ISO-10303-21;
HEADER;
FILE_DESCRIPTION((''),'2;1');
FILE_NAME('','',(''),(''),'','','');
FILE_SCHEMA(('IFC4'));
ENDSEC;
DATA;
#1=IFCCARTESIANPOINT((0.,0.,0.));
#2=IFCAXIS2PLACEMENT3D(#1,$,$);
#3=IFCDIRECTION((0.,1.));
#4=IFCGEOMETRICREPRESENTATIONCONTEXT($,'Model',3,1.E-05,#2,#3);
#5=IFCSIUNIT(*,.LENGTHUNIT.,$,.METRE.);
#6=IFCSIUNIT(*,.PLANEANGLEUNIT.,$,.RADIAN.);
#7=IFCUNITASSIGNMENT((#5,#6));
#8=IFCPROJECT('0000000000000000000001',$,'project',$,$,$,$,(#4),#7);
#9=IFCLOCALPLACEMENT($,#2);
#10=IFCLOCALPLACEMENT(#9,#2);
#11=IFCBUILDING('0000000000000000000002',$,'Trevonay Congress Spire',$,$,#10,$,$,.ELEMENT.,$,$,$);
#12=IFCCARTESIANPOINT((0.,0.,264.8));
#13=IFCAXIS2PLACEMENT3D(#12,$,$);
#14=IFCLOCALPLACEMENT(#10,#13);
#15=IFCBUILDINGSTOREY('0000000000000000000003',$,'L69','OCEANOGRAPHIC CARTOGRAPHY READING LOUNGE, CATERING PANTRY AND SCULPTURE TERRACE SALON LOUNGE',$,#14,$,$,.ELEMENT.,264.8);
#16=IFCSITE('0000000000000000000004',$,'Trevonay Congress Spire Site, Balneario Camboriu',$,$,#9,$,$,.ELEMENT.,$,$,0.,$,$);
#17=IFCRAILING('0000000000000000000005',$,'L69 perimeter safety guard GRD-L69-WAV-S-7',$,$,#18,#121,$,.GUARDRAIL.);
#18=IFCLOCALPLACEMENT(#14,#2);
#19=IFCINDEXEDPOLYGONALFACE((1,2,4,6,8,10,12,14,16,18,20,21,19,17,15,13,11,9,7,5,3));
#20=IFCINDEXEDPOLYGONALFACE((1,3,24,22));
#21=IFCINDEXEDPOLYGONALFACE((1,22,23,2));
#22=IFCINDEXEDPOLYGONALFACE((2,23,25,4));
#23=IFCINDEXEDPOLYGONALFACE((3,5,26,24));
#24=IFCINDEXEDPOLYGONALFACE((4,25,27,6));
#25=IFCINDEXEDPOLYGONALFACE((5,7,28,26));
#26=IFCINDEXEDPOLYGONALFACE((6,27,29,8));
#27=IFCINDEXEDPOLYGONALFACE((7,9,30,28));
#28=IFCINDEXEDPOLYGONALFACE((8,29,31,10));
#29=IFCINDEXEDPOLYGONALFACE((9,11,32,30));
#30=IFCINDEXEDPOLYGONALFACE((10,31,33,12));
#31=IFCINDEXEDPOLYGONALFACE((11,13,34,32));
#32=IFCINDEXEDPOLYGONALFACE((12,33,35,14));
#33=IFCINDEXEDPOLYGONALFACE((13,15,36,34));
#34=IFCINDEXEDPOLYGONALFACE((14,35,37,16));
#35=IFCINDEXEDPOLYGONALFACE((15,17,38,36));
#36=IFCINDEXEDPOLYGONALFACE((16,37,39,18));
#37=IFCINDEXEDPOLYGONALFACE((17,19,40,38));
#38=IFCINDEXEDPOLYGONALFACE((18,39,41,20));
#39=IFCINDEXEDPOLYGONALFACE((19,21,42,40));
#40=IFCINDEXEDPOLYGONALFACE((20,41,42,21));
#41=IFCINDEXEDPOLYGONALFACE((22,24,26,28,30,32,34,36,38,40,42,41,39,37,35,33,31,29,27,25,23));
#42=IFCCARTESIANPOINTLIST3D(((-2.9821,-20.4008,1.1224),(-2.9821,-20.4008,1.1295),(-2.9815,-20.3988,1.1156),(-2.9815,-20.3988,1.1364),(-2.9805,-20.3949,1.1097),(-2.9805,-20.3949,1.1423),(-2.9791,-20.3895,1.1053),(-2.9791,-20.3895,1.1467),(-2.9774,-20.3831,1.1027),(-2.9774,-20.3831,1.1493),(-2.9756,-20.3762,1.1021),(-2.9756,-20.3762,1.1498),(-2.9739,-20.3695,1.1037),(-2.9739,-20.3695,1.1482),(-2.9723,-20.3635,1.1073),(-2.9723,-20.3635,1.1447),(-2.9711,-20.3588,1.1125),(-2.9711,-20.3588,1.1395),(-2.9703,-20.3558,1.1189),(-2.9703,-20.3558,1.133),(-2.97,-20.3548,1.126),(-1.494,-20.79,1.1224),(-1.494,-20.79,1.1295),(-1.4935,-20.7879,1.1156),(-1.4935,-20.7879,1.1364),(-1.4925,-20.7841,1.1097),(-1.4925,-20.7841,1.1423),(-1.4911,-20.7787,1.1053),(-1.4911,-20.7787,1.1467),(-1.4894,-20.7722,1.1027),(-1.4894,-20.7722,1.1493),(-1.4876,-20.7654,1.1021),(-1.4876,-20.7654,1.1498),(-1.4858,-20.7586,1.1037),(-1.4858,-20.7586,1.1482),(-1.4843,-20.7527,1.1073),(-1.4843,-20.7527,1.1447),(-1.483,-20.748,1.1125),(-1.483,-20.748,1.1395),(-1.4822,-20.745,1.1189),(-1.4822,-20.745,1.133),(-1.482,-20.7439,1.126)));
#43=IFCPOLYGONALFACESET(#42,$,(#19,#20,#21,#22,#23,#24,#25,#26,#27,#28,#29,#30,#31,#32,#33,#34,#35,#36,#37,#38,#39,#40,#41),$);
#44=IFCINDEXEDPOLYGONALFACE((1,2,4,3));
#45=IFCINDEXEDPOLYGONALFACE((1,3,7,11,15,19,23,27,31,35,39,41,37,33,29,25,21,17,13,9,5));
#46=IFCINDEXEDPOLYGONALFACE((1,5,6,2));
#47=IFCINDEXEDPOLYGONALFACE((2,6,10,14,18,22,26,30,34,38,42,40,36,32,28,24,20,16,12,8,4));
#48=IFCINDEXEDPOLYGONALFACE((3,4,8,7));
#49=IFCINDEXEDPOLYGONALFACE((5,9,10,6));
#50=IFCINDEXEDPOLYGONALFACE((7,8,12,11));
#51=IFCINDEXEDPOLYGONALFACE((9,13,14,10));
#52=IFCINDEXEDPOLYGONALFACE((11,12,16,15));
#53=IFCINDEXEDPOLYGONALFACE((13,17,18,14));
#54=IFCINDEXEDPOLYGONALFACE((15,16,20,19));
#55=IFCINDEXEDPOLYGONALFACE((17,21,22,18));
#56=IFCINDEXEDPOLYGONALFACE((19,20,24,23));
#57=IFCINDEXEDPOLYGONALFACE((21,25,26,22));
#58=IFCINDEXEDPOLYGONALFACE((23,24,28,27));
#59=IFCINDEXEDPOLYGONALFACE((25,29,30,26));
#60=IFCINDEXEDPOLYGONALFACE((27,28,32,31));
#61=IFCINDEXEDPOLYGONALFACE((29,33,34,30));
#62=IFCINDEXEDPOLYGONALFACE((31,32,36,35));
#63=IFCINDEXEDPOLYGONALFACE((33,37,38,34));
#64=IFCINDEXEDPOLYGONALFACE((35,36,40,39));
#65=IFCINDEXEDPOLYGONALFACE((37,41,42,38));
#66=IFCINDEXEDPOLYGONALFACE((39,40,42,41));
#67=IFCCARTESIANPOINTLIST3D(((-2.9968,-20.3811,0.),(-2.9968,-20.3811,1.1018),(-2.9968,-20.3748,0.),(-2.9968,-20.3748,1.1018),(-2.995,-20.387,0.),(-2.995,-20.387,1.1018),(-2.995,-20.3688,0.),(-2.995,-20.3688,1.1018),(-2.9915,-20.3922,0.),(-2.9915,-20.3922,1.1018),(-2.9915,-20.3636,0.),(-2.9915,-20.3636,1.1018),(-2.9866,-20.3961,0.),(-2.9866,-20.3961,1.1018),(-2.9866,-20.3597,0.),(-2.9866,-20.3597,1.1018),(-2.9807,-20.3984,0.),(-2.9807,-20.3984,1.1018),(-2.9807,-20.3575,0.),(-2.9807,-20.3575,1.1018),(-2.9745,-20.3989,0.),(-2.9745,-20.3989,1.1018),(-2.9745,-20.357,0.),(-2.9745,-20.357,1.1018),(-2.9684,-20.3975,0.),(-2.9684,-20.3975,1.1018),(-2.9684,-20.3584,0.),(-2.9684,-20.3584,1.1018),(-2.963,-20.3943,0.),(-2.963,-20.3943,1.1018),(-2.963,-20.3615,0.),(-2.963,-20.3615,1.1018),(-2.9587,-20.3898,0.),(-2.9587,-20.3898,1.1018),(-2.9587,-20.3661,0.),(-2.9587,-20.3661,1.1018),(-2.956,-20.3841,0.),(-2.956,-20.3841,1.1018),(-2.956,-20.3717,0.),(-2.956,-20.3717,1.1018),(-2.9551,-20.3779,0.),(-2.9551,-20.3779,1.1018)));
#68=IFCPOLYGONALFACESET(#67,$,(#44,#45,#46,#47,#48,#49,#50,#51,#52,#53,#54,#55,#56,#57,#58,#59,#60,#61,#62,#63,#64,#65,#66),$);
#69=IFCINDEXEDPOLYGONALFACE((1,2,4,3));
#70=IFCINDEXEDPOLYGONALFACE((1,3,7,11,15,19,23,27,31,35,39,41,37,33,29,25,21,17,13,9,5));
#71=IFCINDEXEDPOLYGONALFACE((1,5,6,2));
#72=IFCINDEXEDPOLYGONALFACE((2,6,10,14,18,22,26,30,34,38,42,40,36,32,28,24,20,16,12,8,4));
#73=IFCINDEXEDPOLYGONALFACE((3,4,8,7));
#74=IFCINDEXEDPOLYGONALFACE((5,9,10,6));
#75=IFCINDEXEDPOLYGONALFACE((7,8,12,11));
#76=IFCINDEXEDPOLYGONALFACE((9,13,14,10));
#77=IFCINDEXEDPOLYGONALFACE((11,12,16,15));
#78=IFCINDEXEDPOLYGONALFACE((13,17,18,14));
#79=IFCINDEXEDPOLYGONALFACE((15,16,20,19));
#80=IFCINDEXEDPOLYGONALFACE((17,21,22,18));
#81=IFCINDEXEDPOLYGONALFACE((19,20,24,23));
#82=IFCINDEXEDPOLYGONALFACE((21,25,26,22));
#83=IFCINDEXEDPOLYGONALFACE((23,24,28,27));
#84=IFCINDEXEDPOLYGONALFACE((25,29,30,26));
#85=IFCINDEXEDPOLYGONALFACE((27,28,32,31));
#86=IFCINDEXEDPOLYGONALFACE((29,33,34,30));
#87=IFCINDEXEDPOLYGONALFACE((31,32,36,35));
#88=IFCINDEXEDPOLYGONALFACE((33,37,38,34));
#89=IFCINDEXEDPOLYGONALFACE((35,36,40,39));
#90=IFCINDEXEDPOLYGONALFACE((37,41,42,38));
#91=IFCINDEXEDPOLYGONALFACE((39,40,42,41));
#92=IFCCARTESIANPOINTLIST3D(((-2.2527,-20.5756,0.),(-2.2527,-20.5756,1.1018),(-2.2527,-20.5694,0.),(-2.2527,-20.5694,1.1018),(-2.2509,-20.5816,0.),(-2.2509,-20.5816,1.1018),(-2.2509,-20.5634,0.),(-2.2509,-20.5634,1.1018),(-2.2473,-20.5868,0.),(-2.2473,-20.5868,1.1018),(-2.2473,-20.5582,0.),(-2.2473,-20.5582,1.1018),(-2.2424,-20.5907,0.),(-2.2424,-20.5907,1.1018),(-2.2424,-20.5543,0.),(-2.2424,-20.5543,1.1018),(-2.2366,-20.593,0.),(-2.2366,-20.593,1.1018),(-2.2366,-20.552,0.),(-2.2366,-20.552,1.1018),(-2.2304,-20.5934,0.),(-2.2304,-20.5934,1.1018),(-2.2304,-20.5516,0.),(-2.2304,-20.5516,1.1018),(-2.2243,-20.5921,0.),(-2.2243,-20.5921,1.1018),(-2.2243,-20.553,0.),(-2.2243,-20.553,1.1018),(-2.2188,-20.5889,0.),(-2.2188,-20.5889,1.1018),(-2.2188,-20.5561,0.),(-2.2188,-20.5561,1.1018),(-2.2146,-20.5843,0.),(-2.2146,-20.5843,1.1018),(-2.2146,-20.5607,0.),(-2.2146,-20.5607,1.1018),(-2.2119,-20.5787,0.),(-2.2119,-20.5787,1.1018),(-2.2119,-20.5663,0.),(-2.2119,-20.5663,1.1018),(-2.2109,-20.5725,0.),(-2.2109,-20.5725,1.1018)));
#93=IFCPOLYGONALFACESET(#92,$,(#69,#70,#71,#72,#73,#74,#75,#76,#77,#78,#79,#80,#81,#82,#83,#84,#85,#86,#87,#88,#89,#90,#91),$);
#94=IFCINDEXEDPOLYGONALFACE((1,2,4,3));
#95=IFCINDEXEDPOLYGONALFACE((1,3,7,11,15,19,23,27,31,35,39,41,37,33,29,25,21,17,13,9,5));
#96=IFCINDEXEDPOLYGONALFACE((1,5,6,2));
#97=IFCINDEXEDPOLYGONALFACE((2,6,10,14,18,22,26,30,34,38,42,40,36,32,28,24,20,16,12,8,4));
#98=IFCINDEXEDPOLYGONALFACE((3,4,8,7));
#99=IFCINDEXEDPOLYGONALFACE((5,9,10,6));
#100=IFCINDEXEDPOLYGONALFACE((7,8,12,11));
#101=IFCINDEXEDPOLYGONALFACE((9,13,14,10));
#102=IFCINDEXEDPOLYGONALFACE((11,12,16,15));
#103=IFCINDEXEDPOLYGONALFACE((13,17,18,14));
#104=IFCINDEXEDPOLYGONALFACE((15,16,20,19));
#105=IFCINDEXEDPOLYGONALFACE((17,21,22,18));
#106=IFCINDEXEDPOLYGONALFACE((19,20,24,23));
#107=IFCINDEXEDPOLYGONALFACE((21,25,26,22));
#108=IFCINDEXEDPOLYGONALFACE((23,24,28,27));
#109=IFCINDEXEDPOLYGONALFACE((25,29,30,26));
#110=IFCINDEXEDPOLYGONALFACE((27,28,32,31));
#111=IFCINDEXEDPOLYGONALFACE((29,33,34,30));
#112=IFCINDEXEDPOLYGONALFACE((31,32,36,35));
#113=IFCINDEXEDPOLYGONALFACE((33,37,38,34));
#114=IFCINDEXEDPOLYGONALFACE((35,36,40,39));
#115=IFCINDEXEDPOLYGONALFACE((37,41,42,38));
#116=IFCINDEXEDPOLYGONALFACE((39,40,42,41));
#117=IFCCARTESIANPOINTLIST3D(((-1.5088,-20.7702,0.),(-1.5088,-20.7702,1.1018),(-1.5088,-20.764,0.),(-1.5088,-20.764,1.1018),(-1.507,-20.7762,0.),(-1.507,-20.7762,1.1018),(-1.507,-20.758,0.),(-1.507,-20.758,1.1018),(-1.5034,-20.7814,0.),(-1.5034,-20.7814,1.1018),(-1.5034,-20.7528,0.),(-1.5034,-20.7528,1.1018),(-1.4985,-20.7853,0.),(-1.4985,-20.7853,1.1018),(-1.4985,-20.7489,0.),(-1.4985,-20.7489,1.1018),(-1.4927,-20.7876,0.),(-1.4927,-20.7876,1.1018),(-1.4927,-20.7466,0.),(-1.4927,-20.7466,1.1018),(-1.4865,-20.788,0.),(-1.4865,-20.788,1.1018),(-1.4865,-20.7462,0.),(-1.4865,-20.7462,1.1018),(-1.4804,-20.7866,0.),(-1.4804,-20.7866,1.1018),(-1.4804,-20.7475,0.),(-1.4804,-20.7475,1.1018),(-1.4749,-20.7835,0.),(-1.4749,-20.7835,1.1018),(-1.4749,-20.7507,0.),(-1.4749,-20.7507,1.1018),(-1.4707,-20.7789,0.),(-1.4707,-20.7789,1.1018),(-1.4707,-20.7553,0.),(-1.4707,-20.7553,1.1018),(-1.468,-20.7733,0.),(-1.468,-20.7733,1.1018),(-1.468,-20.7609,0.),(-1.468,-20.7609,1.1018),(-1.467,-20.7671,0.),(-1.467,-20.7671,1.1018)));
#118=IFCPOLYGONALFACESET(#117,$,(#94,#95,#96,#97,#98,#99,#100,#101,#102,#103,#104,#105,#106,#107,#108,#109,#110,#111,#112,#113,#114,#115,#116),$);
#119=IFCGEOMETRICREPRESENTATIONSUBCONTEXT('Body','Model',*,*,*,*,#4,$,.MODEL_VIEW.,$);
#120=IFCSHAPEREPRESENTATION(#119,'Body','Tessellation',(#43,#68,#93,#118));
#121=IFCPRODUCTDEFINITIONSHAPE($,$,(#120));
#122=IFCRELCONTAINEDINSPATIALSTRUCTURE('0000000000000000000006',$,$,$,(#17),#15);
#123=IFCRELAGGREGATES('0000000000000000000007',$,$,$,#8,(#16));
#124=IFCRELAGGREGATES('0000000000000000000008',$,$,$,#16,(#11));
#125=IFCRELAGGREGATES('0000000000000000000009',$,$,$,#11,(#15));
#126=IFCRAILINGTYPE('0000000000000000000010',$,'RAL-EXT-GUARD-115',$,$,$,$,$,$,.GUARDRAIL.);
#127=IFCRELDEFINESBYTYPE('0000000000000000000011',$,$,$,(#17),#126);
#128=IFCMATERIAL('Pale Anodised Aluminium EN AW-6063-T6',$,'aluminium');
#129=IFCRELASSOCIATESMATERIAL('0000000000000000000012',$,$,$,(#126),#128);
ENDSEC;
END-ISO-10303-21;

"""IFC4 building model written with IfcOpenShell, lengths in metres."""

from ifc_helpers import new_model, si_unit, direction, frame, origin, origin_2d, place, context, subcontext, project, spatial, circle, extrude, material, type_object, element, save


model = new_model("IFC4")

# Units and contexts
model_context = context("Model", 3, precision=1e-05, world=origin(), true_north=direction((0.0, 1.0)))
body_context = subcontext(model_context, "Body", "Model", "MODEL_VIEW")
ifc_project = project(units=[si_unit("LENGTHUNIT", "METRE"), si_unit("PLANEANGLEUNIT", "RADIAN")], contexts=[model_context])

# Site, building, storey
site_placement = place(None, origin())
site = spatial("IfcSite", under=ifc_project, at=site_placement, Name="Trevonay Congress Spire Site, Balneario Camboriu", CompositionType="ELEMENT", RefElevation=0.0)
building_placement = place(site_placement, origin())
building = spatial("IfcBuilding", under=site, at=building_placement, Name="Trevonay Congress Spire", CompositionType="ELEMENT")
storey_placement = place(building_placement, frame((0.0, 0.0, 264.8)))
storey = spatial("IfcBuildingStorey", under=building, at=storey_placement, Name="L69", Description="OCEANOGRAPHIC CARTOGRAPHY READING LOUNGE, CATERING PANTRY AND SCULPTURE TERRACE SALON LOUNGE", CompositionType="ELEMENT", Elevation=264.8)

# Shared definitions
ifc_material_1 = material(Name="Pale Anodised Aluminium EN AW-6063-T6", Category="aluminium")

# Railing
railing_type = type_object("IfcRailingType", Name="RAL-EXT-GUARD-115", PredefinedType="GUARDRAIL", material=ifc_material_1)
railing_1_placement = place(storey_placement, frame((-2.9761, -20.3779, 0.0)))
element("IfcRailing", 1, at=railing_1_placement, inside=storey, type_object=railing_type, Name="L69 perimeter safety guard GRD-L69-WAV-S-7", PredefinedType="GUARDRAIL", context=body_context, shape_type="SweptSolid", body=[
    extrude(circle(Radius=0.0239, at=origin_2d()), frame((0.0, 0.0, 1.126), z_axis=(0.967462, -0.253016, 0.0), x_axis=(0.253016, 0.967462, 0.0)), (0.0, 0.0, 1.0), 1.5381),
    extrude(circle(Radius=0.021, at=origin_2d()), origin(), (0.0, 0.0, 1.0), 1.1018),
    extrude(circle(Radius=0.021, at=origin_2d()), frame((0.7441, -0.1946, 0.0)), (0.0, 0.0, 1.0), 1.1018),
    extrude(circle(Radius=0.021, at=origin_2d()), frame((1.488, -0.3892, 0.0)), (0.0, 0.0, 1.0), 1.1018),
])

save(model, "model.ifc")
